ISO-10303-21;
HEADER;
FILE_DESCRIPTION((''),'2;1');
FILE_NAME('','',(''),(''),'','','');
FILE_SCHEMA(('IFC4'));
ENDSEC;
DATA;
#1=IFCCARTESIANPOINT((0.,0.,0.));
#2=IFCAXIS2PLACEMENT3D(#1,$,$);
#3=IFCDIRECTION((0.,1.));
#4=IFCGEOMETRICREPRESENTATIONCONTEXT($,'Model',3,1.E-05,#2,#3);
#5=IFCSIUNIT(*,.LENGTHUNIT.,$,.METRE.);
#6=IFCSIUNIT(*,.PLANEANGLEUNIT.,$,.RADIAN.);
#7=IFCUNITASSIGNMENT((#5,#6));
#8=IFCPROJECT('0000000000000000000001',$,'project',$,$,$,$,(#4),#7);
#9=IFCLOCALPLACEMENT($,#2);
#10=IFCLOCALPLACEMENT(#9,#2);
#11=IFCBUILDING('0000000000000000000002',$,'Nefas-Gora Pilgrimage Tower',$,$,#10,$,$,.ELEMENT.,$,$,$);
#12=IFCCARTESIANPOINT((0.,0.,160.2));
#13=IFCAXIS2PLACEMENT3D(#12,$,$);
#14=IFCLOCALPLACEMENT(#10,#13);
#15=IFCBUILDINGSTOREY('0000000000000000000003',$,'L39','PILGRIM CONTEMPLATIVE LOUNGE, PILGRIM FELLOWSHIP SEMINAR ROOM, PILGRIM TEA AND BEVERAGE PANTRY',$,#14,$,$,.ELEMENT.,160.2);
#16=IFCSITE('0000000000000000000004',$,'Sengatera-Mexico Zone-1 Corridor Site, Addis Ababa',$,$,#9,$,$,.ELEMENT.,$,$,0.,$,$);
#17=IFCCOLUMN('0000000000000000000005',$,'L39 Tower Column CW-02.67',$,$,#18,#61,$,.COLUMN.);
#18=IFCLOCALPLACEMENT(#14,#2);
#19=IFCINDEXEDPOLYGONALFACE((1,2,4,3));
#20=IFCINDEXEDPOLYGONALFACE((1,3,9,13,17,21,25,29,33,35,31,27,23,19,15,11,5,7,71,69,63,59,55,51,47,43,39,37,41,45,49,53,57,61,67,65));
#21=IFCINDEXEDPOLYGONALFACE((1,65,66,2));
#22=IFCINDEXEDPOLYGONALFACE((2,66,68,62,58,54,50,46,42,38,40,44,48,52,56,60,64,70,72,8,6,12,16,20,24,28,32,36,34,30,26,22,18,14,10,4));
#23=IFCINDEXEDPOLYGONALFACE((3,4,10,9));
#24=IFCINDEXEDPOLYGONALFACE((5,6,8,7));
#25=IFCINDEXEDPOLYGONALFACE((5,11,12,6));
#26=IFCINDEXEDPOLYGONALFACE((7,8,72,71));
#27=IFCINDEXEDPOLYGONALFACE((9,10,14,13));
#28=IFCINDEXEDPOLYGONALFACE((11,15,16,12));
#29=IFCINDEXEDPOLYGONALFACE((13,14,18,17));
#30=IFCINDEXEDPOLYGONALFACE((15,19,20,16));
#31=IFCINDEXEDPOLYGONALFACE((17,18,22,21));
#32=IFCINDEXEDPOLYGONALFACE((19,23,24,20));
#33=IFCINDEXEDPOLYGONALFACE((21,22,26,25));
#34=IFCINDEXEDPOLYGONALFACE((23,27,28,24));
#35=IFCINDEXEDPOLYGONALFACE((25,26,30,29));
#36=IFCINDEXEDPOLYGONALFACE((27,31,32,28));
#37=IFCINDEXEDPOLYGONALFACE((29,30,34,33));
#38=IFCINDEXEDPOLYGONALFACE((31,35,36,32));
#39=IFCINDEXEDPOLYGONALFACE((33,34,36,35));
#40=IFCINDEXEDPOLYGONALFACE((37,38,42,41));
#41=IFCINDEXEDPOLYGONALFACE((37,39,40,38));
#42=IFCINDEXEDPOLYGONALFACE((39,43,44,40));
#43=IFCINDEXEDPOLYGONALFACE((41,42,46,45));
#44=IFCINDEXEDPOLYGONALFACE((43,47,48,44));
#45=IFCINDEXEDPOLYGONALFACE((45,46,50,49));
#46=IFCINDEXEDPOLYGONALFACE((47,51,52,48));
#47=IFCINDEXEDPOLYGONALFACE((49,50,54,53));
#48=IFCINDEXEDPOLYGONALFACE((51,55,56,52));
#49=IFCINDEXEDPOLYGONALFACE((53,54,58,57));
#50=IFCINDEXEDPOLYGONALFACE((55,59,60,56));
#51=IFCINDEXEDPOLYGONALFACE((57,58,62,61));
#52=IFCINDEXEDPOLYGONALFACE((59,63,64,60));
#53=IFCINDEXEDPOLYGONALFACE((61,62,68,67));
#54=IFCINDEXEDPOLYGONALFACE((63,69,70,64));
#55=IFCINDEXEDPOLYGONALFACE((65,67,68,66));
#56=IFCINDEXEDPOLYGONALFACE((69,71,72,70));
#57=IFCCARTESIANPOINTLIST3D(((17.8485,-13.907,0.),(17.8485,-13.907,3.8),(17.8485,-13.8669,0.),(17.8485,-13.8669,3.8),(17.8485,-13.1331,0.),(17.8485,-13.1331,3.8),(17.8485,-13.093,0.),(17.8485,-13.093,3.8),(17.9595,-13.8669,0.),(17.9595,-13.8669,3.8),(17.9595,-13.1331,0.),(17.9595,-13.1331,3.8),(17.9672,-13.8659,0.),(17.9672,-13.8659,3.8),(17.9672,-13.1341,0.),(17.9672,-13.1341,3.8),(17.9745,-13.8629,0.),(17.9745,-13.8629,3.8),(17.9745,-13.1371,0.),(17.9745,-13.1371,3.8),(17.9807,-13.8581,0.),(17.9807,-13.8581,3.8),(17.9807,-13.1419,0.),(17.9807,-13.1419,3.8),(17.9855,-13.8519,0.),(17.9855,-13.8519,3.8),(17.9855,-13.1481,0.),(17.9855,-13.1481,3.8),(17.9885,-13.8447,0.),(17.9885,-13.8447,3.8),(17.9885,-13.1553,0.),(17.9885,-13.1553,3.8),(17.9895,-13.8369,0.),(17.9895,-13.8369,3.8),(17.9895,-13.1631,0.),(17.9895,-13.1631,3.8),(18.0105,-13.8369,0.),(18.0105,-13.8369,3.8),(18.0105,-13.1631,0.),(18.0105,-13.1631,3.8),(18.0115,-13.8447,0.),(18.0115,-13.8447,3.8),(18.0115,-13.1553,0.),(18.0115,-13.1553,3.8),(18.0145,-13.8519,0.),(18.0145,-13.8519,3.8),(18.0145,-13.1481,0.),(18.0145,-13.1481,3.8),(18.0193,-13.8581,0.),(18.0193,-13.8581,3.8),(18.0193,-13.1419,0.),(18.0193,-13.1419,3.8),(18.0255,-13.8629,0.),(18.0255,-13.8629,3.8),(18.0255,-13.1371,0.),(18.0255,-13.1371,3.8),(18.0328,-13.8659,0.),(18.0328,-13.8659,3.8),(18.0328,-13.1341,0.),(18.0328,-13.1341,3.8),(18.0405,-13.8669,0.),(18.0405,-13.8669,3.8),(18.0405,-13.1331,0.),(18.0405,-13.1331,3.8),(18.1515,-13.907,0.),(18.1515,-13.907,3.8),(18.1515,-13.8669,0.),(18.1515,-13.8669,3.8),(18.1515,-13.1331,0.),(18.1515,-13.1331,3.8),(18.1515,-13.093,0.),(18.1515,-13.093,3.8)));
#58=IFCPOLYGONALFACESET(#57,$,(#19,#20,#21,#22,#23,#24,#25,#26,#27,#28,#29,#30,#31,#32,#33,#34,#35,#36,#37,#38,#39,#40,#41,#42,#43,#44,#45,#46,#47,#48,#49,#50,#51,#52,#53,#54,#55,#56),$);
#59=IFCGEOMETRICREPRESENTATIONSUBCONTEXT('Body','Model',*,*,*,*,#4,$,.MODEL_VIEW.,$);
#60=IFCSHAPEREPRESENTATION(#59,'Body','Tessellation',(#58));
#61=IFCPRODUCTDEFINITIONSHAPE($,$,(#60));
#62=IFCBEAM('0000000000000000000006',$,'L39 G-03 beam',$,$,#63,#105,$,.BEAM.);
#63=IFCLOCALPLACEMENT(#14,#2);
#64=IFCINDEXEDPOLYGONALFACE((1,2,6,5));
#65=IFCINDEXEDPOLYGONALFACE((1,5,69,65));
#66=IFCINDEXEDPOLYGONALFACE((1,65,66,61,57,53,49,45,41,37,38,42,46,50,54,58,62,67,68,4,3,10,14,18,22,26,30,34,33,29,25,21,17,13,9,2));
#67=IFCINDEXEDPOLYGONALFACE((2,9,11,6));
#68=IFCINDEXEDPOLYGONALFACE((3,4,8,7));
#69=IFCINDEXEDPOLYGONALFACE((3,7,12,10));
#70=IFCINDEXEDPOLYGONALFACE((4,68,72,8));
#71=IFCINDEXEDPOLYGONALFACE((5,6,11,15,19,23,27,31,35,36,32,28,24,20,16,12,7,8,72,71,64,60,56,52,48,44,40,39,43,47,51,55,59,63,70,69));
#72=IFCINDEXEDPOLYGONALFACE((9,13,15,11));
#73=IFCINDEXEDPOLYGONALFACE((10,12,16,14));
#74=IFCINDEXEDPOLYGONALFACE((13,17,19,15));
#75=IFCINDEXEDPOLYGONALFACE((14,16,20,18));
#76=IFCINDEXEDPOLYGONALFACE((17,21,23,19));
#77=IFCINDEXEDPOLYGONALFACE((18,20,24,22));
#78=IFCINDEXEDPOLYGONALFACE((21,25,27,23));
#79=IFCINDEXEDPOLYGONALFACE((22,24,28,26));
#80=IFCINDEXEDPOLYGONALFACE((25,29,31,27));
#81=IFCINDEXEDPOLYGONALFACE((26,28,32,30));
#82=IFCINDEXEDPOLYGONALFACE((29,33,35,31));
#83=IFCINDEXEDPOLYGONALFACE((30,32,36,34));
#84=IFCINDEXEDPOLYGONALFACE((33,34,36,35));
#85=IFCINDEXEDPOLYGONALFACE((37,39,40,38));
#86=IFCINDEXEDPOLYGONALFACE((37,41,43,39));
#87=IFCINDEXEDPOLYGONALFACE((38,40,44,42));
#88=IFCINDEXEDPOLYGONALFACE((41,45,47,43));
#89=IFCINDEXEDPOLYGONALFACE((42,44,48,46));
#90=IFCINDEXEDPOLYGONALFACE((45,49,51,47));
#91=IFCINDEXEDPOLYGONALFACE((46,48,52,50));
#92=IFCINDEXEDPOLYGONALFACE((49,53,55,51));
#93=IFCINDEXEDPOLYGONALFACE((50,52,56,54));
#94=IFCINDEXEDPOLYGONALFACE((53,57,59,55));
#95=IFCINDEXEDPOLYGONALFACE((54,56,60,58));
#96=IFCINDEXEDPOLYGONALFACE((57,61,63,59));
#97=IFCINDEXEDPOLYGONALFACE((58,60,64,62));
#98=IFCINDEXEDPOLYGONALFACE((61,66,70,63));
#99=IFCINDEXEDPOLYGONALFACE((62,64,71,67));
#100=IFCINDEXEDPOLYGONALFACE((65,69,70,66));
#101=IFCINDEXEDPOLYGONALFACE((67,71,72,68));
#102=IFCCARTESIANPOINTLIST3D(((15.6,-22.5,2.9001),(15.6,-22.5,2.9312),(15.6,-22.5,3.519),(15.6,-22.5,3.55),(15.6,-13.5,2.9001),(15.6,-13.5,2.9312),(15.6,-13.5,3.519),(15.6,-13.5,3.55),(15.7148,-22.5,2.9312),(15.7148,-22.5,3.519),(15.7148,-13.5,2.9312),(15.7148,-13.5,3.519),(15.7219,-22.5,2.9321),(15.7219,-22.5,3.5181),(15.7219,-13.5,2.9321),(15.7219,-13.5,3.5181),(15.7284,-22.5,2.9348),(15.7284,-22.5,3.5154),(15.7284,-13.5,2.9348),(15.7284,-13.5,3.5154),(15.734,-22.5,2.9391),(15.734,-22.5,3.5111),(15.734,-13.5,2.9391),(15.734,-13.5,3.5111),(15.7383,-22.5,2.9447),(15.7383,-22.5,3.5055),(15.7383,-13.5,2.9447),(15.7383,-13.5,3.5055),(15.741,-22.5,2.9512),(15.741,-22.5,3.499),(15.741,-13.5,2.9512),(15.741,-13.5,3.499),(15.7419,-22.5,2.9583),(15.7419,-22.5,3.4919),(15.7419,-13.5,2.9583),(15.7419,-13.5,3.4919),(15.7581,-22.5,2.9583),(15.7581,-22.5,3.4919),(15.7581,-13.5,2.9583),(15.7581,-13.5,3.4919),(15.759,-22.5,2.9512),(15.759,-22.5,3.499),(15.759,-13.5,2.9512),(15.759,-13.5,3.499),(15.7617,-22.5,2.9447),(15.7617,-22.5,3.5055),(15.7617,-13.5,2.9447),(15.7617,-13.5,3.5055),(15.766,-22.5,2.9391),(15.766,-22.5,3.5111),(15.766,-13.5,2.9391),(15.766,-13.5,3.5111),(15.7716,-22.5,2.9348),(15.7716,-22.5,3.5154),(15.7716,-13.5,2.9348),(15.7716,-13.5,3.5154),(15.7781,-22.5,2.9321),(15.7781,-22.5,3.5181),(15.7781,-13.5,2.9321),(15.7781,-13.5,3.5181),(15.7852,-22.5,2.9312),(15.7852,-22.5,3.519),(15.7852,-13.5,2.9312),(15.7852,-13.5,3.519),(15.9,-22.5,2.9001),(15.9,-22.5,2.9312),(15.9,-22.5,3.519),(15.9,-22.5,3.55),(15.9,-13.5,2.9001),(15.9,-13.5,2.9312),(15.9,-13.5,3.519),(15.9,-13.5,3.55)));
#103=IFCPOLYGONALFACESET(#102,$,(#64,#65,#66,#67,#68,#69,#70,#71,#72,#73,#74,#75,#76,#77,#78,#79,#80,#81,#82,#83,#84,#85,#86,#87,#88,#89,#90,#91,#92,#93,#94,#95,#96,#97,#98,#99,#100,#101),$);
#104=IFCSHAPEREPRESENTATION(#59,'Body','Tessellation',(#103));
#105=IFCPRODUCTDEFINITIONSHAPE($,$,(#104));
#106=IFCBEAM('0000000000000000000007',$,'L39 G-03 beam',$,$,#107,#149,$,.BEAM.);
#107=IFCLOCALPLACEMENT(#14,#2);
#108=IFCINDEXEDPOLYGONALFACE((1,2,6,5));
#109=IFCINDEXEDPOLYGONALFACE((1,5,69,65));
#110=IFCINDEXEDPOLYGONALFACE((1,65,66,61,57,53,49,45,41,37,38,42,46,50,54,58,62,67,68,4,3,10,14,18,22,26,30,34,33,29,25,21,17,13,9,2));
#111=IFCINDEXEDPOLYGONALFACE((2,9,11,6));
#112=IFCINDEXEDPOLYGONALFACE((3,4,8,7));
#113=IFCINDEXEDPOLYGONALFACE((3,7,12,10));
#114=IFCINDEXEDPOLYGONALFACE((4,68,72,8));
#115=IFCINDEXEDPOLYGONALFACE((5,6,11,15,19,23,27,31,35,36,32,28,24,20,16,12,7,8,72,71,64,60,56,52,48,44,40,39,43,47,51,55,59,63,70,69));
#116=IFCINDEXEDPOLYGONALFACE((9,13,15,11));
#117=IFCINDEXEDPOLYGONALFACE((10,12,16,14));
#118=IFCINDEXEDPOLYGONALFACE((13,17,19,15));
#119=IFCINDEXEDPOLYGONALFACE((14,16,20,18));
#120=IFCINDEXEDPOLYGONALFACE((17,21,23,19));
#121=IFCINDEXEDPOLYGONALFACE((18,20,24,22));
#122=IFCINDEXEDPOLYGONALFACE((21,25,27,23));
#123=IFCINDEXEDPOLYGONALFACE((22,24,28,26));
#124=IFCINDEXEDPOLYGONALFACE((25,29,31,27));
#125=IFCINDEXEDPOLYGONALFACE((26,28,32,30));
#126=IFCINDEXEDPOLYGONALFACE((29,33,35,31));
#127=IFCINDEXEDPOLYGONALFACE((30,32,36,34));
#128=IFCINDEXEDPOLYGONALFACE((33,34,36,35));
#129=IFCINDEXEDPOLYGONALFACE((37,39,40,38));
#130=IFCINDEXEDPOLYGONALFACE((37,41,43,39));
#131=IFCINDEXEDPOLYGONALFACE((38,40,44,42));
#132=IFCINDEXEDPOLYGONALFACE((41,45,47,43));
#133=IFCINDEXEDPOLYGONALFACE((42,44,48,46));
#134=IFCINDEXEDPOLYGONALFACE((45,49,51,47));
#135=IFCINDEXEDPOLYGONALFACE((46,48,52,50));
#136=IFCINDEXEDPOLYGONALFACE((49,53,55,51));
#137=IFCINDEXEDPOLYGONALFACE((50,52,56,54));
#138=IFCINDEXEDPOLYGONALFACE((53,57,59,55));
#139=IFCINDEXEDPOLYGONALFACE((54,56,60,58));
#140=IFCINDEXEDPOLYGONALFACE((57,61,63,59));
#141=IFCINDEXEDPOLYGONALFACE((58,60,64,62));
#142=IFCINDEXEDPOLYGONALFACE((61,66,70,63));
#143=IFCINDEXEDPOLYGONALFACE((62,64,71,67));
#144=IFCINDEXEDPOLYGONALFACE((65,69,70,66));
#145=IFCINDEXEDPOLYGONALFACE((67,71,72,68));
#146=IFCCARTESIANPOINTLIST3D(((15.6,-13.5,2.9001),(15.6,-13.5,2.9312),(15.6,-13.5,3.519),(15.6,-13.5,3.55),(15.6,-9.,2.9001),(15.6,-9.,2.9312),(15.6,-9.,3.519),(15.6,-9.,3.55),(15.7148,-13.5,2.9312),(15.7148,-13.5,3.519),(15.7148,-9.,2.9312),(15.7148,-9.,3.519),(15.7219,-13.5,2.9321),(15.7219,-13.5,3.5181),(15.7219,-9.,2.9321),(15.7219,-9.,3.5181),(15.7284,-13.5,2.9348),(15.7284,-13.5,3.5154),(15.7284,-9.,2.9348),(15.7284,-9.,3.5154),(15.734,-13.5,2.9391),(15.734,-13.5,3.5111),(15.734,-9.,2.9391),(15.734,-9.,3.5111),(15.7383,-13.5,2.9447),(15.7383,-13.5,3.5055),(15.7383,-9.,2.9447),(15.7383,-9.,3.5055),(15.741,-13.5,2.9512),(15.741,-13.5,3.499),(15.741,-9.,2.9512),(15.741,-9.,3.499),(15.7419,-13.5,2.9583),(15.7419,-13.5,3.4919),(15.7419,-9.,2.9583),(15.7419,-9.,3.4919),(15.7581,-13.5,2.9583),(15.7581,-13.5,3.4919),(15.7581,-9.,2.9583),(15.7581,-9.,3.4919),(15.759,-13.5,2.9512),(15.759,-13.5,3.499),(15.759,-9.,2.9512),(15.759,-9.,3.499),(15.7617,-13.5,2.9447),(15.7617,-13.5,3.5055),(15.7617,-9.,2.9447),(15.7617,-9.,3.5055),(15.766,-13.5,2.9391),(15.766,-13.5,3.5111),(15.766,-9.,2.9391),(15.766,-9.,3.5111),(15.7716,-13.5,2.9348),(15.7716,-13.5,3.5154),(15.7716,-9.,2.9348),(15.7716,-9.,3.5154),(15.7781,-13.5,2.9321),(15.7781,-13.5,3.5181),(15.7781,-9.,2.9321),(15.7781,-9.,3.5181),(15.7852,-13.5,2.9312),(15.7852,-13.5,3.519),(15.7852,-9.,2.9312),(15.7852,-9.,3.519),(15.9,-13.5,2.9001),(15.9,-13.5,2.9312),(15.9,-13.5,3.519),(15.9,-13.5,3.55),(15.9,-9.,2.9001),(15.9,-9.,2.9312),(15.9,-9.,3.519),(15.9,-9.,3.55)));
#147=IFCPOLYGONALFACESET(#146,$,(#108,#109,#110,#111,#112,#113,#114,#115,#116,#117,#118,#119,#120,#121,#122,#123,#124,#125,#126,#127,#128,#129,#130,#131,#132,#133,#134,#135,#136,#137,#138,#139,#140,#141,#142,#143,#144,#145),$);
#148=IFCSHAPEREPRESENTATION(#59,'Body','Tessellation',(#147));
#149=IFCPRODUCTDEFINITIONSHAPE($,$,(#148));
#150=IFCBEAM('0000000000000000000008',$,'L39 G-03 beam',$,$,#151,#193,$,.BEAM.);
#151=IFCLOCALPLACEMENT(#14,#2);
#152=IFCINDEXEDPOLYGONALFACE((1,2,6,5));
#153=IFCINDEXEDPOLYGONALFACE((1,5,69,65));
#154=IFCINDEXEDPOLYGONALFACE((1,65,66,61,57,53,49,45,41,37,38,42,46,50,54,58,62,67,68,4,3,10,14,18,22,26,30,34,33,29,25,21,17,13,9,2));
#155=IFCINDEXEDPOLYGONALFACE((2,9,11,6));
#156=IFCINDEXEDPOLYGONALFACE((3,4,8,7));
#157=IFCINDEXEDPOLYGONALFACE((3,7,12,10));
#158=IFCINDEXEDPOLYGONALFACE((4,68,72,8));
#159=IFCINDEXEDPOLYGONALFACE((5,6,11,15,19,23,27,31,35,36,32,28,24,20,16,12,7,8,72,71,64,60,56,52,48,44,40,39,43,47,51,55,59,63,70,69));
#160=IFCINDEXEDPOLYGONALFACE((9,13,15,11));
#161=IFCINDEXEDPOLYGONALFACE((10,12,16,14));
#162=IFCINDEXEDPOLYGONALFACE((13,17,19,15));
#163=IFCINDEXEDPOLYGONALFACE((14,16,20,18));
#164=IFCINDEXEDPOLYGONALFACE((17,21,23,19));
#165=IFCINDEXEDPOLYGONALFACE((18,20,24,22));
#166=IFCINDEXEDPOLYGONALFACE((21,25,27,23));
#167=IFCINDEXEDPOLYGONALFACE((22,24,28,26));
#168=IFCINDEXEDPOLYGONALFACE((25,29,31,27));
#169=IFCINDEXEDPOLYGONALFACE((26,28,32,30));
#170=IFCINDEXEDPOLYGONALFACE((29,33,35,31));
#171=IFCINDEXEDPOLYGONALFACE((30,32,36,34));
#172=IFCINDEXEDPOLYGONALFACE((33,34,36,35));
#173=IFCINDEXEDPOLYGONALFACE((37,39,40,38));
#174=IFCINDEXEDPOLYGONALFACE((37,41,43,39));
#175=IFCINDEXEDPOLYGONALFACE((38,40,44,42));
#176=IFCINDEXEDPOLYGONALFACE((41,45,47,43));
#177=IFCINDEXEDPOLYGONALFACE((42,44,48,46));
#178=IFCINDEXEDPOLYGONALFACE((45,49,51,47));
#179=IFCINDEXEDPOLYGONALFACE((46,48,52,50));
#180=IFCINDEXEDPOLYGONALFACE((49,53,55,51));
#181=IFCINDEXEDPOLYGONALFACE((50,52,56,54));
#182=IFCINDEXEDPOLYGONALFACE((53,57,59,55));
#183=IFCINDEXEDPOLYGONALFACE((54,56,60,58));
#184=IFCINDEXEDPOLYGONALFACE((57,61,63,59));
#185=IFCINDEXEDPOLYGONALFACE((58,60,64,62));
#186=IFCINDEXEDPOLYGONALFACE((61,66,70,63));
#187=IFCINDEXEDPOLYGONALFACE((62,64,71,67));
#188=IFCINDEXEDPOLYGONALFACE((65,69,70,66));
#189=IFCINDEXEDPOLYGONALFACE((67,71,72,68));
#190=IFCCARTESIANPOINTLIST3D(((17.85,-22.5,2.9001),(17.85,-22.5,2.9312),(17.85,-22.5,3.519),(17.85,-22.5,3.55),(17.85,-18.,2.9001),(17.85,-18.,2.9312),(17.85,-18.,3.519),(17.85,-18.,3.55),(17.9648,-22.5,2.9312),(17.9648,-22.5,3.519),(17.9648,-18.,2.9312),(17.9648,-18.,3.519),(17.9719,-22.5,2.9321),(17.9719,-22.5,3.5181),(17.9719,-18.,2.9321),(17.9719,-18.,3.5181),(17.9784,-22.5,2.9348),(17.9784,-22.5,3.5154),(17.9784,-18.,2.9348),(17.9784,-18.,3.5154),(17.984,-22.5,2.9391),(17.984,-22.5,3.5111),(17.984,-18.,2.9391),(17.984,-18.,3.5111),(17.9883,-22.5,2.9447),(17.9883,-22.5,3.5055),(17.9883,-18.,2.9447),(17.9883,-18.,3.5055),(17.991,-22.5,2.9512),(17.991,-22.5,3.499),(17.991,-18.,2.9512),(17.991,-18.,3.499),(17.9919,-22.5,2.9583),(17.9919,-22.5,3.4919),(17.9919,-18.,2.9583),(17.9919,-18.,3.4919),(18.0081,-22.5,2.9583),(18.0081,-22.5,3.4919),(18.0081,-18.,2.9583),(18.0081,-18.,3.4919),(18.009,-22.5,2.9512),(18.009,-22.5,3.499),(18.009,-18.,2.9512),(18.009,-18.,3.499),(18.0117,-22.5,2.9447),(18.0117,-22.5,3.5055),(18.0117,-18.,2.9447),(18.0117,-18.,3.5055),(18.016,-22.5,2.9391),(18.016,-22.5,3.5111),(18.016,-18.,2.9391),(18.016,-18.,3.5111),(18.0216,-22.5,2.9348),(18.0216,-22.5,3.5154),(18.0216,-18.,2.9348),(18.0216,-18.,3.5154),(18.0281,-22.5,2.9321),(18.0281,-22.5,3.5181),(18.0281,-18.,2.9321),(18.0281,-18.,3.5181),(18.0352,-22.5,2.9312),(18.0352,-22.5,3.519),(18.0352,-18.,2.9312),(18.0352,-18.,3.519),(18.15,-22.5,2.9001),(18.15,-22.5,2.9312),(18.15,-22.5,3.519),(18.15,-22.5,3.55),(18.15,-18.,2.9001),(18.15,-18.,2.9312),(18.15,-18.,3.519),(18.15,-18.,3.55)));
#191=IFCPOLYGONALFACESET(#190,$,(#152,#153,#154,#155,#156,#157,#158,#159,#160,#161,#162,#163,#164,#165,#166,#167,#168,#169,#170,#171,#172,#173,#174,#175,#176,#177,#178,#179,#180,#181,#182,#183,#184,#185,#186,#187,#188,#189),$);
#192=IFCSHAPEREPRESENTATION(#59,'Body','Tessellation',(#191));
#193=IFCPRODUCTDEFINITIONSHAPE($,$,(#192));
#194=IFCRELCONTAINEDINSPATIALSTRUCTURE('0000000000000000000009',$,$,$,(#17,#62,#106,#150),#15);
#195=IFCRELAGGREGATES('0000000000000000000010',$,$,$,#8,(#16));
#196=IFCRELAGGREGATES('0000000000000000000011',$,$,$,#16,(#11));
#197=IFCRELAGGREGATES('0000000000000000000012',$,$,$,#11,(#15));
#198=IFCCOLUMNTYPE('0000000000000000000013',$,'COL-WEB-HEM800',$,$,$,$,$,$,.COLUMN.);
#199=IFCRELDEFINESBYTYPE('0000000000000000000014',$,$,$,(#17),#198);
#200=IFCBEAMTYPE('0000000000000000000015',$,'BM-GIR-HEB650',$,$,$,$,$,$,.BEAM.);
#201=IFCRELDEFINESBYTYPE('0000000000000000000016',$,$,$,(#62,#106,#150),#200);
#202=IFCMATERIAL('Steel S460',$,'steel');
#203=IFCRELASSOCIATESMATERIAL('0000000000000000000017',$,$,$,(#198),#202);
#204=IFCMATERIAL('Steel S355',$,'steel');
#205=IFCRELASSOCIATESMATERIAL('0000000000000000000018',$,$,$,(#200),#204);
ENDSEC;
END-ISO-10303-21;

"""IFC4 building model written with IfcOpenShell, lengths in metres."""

from ifc_helpers import new_model, si_unit, direction, frame, origin, origin_2d, place, context, subcontext, project, spatial, i_section, extrude, source, transform, mapped, material, material_profile, profile_set, type_object, element, save


model = new_model("IFC4")

# Units and contexts
model_context = context("Model", 3, precision=1e-05, world=origin(), true_north=direction((0.0, 1.0)))
body_context = subcontext(model_context, "Body", "Model", "MODEL_VIEW")
ifc_project = project(units=[si_unit("LENGTHUNIT", "METRE"), si_unit("PLANEANGLEUNIT", "RADIAN")], contexts=[model_context])

# Site, building, storey
site_placement = place(None, origin())
site = spatial("IfcSite", under=ifc_project, at=site_placement, Name="Sengatera-Mexico Zone-1 Corridor Site, Addis Ababa", CompositionType="ELEMENT", RefElevation=0.0)
building_placement = place(site_placement, origin())
building = spatial("IfcBuilding", under=site, at=building_placement, Name="Nefas-Gora Pilgrimage Tower", CompositionType="ELEMENT")
storey_placement = place(building_placement, frame((0.0, 0.0, 160.2)))
storey = spatial("IfcBuildingStorey", under=building, at=storey_placement, Name="L39", Description="PILGRIM CONTEMPLATIVE LOUNGE, PILGRIM FELLOWSHIP SEMINAR ROOM, PILGRIM TEA AND BEVERAGE PANTRY", CompositionType="ELEMENT", Elevation=160.2)

# Column
ifc_material_1 = material(Name="Steel S460", Category="steel")
ifc_material_profile_1 = material_profile(ifc_material_1, i_section(OverallWidth=0.303, OverallDepth=0.814, WebThickness=0.021, FlangeThickness=0.04, FilletRadius=0.03, at=origin_2d()), Name="HEM 800")
ifc_profile_set_1 = profile_set([ifc_material_profile_1], Name="Steel S460")
column_type_1 = type_object("IfcColumnType", Name="COL-WEB-HEM800", PredefinedType="COLUMN", material=ifc_profile_set_1)
shared_shape_1 = source(origin(), body_context, "Body", "SweptSolid", [
    extrude(i_section(OverallWidth=0.303, OverallDepth=0.814, WebThickness=0.021, FlangeThickness=0.04, FilletRadius=0.03, at=origin_2d()), origin(), (0.0, 0.0, 1.0), 3.8),
])
for number, where, z_axis, x_axis, name in (
    (1, (18.0, -13.5, 0.0), (0.0, 0.0, 1.0), (1.0, 0.0, 0.0), "L39 Tower Column CW-02.67"),
):
    element("IfcColumn", number, at=place(storey_placement, frame(where, z_axis=z_axis, x_axis=x_axis)), inside=storey, type_object=column_type_1, Name=name, PredefinedType="COLUMN", context=body_context, shape_type="MappedRepresentation", body=[
        mapped(shared_shape_1, transform((0.0, 0.0, 0.0), x_axis=(1.0, 0.0, 0.0), y_axis=(0.0, 1.0, 0.0), z_axis=(0.0, 0.0, 1.0), scale=1.0)),
    ])

# Beams
ifc_material_2 = material(Name="Steel S355", Category="steel")
ifc_material_profile_2 = material_profile(ifc_material_2, i_section(OverallWidth=0.3, OverallDepth=0.6499, WebThickness=0.0161, FlangeThickness=0.031, FilletRadius=0.0271, at=origin_2d()), Name="HEB 650")
ifc_profile_set_2 = profile_set([ifc_material_profile_2], Name="Steel S355")
beam_type_1 = type_object("IfcBeamType", Name="BM-GIR-HEB650", PredefinedType="BEAM", material=ifc_profile_set_2)
shared_shape_2 = source(origin(), body_context, "Body", "SweptSolid", [
    extrude(i_section(OverallWidth=0.3, OverallDepth=0.6499, WebThickness=0.0161, FlangeThickness=0.031, FilletRadius=0.0271, at=origin_2d()), origin(), (0.0, 0.0, 1.0), 9.0),
])
beam_1_placement = place(storey_placement, frame((15.75, -22.5, 3.2251), z_axis=(0.0, 1.0, 0.0), x_axis=(-1.0, 0.0, 0.0)))
element("IfcBeam", 2, at=beam_1_placement, inside=storey, type_object=beam_type_1, Name="L39 G-03 beam", PredefinedType="BEAM", context=body_context, shape_type="MappedRepresentation", body=[
    mapped(shared_shape_2, transform((0.0, 0.0, 0.0), x_axis=(1.0, 0.0, 0.0), y_axis=(0.0, 1.0, 0.0), z_axis=(0.0, 0.0, 1.0), scale=1.0)),
])
shared_shape_3 = source(origin(), body_context, "Body", "SweptSolid", [
    extrude(i_section(OverallWidth=0.3, OverallDepth=0.6499, WebThickness=0.0161, FlangeThickness=0.031, FilletRadius=0.0271, at=origin_2d()), origin(), (0.0, 0.0, 1.0), 4.5),
])
for number, where, z_axis, x_axis, name in (
    (3, (15.75, -13.5, 3.2251), (0.0, 1.0, 0.0), (-1.0, 0.0, 0.0), "L39 G-03 beam"),
    (4, (18.0, -22.5, 3.2251), (0.0, 1.0, 0.0), (-1.0, 0.0, 0.0), "L39 G-03 beam"),
):
    element("IfcBeam", number, at=place(storey_placement, frame(where, z_axis=z_axis, x_axis=x_axis)), inside=storey, type_object=beam_type_1, Name=name, PredefinedType="BEAM", context=body_context, shape_type="MappedRepresentation", body=[
        mapped(shared_shape_3, transform((0.0, 0.0, 0.0), x_axis=(1.0, 0.0, 0.0), y_axis=(0.0, 1.0, 0.0), z_axis=(0.0, 0.0, 1.0), scale=1.0)),
    ])

save(model, "model.ifc")
